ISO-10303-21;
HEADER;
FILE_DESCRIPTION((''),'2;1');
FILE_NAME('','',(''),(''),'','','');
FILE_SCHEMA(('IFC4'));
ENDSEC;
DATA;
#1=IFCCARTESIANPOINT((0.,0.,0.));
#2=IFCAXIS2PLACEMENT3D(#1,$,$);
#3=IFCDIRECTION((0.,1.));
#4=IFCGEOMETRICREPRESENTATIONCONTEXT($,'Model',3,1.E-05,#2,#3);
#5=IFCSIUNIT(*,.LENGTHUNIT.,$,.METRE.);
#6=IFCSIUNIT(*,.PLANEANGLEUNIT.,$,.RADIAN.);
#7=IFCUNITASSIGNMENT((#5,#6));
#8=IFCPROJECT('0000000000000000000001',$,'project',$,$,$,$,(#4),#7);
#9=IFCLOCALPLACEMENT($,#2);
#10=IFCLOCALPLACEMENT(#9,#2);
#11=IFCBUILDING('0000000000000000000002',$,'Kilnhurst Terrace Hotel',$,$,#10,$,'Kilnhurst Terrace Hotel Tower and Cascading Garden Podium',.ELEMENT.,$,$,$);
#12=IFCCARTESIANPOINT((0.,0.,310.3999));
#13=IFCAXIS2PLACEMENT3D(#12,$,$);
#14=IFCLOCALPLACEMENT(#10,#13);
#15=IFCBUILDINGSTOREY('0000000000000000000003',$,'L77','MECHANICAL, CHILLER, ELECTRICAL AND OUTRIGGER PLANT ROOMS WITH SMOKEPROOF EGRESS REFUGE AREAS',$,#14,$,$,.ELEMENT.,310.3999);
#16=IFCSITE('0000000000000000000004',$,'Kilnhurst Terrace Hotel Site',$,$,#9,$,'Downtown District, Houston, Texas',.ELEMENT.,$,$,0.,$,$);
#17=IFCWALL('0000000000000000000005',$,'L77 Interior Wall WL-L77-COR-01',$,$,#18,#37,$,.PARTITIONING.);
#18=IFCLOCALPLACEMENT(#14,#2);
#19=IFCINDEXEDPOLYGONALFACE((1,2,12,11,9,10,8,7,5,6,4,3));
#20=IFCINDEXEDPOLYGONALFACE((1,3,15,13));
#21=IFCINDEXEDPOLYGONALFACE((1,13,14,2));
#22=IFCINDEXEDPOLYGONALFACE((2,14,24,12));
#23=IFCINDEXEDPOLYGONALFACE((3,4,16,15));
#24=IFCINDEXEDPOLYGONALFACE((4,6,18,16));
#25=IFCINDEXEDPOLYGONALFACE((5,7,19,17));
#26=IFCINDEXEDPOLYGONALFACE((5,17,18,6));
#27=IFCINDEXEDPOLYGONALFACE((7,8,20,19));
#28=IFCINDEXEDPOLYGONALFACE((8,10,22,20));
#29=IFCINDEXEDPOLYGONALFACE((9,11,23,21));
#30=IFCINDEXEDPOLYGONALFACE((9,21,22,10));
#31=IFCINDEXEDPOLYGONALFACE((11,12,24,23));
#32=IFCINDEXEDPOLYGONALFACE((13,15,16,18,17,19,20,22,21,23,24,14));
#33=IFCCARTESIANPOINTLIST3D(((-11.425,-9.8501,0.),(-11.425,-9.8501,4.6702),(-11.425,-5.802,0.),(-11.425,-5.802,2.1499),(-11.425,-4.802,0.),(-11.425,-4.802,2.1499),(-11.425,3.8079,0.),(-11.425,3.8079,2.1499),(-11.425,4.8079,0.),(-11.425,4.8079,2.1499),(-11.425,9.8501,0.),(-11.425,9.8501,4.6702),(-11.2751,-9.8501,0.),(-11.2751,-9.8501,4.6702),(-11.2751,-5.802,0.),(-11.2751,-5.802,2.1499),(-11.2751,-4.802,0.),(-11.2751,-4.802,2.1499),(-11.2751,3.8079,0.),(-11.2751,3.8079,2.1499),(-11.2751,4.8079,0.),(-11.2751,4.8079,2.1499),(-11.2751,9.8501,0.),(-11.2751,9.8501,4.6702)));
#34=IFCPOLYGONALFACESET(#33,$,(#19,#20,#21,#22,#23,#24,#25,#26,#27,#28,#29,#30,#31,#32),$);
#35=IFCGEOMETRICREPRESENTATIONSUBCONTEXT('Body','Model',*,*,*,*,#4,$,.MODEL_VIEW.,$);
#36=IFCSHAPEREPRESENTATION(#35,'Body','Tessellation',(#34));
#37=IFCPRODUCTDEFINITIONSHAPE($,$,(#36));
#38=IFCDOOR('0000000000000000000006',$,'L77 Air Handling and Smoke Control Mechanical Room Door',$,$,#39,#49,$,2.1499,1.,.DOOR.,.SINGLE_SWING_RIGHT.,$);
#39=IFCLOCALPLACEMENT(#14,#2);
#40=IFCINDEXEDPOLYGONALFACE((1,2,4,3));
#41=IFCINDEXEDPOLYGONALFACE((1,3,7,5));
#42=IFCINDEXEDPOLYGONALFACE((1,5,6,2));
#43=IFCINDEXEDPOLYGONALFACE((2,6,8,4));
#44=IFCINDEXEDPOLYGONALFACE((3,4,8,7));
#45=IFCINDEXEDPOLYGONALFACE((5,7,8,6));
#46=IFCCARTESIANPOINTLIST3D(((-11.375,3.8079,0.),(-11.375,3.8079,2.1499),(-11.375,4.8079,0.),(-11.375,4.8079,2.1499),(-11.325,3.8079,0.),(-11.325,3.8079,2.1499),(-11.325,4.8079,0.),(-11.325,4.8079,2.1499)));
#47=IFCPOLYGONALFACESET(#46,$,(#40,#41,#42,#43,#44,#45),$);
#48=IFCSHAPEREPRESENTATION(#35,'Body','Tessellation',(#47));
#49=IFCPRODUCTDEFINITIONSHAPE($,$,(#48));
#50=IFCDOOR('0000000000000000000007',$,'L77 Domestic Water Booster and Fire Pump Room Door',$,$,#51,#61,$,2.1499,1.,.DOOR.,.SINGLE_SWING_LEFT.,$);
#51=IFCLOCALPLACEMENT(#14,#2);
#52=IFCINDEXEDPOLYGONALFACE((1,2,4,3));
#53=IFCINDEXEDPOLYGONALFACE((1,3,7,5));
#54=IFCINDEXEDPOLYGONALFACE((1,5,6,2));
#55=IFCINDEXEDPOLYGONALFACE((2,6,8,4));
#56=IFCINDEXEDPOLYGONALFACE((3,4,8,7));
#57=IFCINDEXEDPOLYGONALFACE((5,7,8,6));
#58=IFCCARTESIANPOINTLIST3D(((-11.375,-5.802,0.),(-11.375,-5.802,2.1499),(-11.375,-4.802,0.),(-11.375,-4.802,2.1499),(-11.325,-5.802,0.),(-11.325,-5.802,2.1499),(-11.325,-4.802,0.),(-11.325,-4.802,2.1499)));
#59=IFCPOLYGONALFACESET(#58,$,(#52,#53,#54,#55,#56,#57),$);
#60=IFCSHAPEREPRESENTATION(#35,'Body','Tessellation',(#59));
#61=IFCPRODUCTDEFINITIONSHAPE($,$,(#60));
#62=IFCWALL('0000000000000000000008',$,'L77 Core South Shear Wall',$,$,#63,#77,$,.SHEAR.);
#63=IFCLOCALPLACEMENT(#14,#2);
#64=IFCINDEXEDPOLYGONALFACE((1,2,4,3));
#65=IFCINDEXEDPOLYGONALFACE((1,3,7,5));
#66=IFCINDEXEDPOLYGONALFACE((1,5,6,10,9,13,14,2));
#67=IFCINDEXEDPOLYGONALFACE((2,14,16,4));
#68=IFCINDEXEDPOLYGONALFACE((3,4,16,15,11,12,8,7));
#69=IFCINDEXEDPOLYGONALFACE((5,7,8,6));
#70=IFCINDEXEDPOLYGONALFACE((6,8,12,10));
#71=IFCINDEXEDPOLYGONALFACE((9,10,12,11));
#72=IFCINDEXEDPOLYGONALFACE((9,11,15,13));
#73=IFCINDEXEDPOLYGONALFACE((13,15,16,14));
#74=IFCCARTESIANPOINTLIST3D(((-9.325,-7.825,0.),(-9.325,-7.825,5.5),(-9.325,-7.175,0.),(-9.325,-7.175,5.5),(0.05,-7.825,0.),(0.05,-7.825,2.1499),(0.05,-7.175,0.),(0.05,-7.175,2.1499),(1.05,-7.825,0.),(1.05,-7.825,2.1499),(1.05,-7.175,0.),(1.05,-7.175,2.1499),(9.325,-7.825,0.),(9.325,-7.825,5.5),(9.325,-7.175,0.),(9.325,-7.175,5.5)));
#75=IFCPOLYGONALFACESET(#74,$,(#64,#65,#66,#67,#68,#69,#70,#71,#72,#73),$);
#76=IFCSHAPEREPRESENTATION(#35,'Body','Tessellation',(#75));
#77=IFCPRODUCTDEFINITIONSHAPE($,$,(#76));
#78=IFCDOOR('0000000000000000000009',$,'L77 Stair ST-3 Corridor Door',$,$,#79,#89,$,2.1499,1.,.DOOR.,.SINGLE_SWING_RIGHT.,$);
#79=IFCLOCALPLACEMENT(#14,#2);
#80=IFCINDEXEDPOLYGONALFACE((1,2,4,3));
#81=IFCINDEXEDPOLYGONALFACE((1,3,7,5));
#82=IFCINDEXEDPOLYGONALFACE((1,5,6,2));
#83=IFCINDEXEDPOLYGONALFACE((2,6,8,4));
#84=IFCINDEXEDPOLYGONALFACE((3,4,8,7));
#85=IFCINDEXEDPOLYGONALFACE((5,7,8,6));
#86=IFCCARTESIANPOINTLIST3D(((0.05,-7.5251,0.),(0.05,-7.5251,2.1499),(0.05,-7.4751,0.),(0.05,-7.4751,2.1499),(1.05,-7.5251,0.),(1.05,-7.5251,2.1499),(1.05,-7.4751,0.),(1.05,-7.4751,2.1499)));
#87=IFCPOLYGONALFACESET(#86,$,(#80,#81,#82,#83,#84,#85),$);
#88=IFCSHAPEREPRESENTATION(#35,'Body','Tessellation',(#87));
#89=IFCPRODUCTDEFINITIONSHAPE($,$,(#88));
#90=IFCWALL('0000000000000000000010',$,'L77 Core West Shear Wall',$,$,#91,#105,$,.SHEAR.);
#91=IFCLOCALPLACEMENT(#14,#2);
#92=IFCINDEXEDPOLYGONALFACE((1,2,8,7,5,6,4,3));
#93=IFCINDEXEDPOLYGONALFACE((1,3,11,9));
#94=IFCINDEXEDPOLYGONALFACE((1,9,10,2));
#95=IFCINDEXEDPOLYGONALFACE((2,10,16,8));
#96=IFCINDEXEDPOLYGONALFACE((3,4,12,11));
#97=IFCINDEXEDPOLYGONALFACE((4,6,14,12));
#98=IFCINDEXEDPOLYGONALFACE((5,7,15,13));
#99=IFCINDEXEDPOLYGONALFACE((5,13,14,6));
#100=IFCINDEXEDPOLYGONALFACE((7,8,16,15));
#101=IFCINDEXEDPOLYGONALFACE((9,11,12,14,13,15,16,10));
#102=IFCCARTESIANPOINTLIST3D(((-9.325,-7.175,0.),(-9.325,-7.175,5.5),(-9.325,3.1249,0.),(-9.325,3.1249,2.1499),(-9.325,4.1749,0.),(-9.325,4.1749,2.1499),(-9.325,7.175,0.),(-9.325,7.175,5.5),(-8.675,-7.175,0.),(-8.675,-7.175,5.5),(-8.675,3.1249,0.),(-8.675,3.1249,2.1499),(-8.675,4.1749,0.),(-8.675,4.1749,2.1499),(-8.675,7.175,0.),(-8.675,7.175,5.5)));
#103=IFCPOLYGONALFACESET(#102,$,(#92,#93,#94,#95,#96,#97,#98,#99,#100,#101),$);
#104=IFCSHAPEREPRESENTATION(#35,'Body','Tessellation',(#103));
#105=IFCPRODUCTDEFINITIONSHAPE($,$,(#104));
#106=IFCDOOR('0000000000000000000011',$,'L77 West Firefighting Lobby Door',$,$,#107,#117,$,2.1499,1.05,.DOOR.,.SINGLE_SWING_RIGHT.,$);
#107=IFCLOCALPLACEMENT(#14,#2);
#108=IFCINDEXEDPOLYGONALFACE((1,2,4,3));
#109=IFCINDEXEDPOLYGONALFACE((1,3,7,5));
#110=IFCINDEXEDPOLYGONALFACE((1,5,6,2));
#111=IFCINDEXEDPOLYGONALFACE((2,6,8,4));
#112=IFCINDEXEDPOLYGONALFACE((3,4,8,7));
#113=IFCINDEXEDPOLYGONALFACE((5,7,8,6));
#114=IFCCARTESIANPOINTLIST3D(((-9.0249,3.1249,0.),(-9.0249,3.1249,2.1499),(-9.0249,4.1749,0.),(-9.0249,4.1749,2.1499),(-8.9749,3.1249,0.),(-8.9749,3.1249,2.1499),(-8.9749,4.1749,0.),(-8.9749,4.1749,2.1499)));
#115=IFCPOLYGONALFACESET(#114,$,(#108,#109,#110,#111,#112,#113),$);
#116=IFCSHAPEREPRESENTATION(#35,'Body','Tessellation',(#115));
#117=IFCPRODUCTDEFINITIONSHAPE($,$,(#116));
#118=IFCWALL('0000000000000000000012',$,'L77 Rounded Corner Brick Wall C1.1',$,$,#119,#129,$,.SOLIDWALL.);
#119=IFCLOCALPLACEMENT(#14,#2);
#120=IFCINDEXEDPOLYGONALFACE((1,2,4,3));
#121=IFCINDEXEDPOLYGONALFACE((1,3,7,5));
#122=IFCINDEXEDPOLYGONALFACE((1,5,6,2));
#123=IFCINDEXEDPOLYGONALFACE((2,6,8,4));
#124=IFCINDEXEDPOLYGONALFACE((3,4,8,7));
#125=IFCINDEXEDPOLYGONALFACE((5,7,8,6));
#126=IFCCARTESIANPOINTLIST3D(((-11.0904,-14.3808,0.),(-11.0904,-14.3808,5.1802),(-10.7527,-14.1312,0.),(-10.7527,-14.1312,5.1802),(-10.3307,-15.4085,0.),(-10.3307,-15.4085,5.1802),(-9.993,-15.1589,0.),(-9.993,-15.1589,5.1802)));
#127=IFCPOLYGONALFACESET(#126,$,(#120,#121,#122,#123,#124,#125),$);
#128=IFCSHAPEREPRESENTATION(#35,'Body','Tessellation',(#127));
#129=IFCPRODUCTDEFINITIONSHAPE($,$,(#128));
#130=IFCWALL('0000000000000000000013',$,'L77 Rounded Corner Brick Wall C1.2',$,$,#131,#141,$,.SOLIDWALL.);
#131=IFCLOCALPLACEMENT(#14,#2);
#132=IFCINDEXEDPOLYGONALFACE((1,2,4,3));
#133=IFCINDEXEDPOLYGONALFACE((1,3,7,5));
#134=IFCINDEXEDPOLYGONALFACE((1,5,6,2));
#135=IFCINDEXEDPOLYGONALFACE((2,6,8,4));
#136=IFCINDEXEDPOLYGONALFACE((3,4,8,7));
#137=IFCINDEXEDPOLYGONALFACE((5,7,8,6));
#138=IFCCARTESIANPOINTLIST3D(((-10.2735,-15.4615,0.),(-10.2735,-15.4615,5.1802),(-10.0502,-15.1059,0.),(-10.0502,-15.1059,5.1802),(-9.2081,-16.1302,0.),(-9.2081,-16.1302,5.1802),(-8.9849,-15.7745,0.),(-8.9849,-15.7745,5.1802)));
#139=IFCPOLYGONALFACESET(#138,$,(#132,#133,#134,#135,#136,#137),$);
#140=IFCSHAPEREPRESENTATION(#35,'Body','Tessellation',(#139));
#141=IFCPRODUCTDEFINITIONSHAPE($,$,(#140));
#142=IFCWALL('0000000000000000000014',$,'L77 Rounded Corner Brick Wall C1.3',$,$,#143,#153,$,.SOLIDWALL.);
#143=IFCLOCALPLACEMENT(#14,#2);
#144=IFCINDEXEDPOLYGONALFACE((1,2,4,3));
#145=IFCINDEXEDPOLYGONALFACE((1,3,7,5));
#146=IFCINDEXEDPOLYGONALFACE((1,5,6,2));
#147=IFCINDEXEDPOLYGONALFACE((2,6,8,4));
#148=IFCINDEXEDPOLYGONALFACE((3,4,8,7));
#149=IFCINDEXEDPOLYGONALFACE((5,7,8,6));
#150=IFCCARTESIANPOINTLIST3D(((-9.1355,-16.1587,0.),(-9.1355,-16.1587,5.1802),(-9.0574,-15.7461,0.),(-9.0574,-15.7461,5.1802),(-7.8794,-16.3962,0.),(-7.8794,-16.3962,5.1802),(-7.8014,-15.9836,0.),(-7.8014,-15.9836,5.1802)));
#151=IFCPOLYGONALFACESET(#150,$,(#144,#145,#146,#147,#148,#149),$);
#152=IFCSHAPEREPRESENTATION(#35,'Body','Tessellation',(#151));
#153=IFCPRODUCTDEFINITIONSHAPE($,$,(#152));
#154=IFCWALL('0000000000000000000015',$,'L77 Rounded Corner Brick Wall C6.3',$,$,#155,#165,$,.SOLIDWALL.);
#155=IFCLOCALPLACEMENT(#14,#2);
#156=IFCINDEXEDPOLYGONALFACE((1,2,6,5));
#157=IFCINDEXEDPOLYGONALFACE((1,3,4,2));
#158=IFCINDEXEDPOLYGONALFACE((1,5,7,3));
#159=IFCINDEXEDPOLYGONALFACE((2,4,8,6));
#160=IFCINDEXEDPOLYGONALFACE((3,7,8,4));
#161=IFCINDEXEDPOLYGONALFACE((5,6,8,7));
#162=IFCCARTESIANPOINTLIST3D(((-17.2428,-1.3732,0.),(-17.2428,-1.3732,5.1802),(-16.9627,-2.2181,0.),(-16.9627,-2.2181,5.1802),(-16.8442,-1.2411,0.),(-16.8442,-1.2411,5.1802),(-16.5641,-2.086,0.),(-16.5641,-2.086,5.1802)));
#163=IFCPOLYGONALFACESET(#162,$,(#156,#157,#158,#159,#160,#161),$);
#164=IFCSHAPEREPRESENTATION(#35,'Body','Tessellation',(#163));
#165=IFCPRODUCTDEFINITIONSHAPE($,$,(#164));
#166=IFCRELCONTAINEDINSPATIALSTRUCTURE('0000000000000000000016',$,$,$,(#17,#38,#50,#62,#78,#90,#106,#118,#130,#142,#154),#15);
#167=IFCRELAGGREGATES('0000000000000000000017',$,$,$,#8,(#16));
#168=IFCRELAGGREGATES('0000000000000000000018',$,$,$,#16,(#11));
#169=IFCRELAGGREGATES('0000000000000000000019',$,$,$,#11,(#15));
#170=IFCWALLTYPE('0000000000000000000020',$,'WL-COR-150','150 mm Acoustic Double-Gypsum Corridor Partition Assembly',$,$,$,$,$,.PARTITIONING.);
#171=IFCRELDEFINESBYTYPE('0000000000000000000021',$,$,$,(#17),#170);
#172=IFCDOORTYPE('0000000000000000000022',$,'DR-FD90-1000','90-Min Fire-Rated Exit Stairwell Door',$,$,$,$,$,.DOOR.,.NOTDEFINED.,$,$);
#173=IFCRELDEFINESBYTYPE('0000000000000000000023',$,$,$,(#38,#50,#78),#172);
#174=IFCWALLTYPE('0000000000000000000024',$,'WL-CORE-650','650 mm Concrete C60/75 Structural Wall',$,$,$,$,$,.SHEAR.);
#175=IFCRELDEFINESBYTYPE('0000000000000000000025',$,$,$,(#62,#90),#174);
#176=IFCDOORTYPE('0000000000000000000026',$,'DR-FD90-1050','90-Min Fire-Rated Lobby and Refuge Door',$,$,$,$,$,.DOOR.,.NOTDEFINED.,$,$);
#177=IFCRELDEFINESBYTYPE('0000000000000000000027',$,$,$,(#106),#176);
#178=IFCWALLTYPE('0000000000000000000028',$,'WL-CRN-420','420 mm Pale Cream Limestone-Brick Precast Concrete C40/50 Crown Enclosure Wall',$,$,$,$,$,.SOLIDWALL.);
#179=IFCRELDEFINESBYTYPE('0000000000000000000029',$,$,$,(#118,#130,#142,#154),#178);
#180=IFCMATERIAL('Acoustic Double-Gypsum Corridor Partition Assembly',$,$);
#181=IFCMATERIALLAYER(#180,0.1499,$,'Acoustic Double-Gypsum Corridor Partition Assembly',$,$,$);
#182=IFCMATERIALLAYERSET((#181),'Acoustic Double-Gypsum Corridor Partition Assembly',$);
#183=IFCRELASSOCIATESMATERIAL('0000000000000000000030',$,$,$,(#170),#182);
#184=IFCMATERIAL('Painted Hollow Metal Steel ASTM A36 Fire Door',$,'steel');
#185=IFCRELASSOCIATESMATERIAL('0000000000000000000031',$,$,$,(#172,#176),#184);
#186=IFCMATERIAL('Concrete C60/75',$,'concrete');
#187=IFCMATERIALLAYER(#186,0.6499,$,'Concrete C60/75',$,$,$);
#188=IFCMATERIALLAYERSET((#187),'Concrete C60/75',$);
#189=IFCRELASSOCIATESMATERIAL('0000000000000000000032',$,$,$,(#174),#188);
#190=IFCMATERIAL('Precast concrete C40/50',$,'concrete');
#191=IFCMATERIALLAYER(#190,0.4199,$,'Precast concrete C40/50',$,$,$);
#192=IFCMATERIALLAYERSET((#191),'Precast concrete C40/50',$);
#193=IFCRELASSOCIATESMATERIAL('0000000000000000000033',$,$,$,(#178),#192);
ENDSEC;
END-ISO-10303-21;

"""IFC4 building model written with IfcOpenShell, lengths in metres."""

from ifc_helpers import new_model, si_unit, direction, frame, frame_2d, origin, place, context, subcontext, project, spatial, rectangle, extrude, material, layer, layer_set, type_object, element, fill, save


model = new_model("IFC4")

# Units and contexts
model_context = context("Model", 3, precision=1e-05, world=origin(), true_north=direction((0.0, 1.0)))
body_context = subcontext(model_context, "Body", "Model", "MODEL_VIEW")
ifc_project = project(units=[si_unit("LENGTHUNIT", "METRE"), si_unit("PLANEANGLEUNIT", "RADIAN")], contexts=[model_context])

# Site, building, storey
site_placement = place(None, origin())
site = spatial("IfcSite", under=ifc_project, at=site_placement, Name="Kilnhurst Terrace Hotel Site", LongName="Downtown District, Houston, Texas", CompositionType="ELEMENT", RefElevation=0.0)
building_placement = place(site_placement, origin())
building = spatial("IfcBuilding", under=site, at=building_placement, Name="Kilnhurst Terrace Hotel", LongName="Kilnhurst Terrace Hotel Tower and Cascading Garden Podium", CompositionType="ELEMENT")
storey_placement = place(building_placement, frame((0.0, 0.0, 310.3999)))
storey = spatial("IfcBuildingStorey", under=building, at=storey_placement, Name="L77", Description="MECHANICAL, CHILLER, ELECTRICAL AND OUTRIGGER PLANT ROOMS WITH SMOKEPROOF EGRESS REFUGE AREAS", CompositionType="ELEMENT", Elevation=310.3999)

# Shared definitions
ifc_material_1 = material(Name="Concrete C60/75", Category="concrete")

# Wall, openings, doors
ifc_material_2 = material(Name="Acoustic Double-Gypsum Corridor Partition Assembly")
ifc_layer_1 = layer(ifc_material_2, 0.1499, Name="Acoustic Double-Gypsum Corridor Partition Assembly")
ifc_layer_set_1 = layer_set([ifc_layer_1], Name="Acoustic Double-Gypsum Corridor Partition Assembly")
wall_type_1 = type_object("IfcWallType", Name="WL-COR-150", Description="150 mm Acoustic Double-Gypsum Corridor Partition Assembly", PredefinedType="PARTITIONING", material=ifc_layer_set_1)
wall_1_placement = place(storey_placement, frame((-11.3501, -9.8501, 0.0), z_axis=(0.0, 0.0, 1.0), x_axis=(0.0, 1.0, 0.0)))
wall_1 = element("IfcWall", 1, at=wall_1_placement, inside=storey, type_object=wall_type_1, Name="L77 Interior Wall WL-L77-COR-01", PredefinedType="PARTITIONING", context=body_context, shape_type="SweptSolid", body=[
    extrude(rectangle(XDim=19.7002, YDim=0.1499, at=frame_2d((9.8501, 0.0))), origin(), (0.0, 0.0, 1.0), 4.6702),
])
opening_1_placement = place(wall_1_placement, frame((13.658, 0.0, 0.0)))
opening_1 = element("IfcOpeningElement", 2, at=opening_1_placement, cuts=wall_1, PredefinedType="OPENING", context=body_context, shape_type="SweptSolid", body=[
    extrude(rectangle(XDim=1.0, YDim=2.1499, at=frame_2d((0.5, 1.075))), frame((0.0, 0.085, 0.0), z_axis=(0.0, -1.0, 0.0), x_axis=(1.0, 0.0, 0.0)), (0.0, 0.0, 1.0), 0.1699),
])
opening_2_placement = place(wall_1_placement, frame((4.0481, 0.0, 0.0)))
opening_2 = element("IfcOpeningElement", 3, at=opening_2_placement, cuts=wall_1, PredefinedType="OPENING", context=body_context, shape_type="SweptSolid", body=[
    extrude(rectangle(XDim=1.0, YDim=2.1499, at=frame_2d((0.5, 1.075))), frame((0.0, 0.085, 0.0), z_axis=(0.0, -1.0, 0.0), x_axis=(1.0, 0.0, 0.0)), (0.0, 0.0, 1.0), 0.1699),
])
ifc_material_3 = material(Name="Painted Hollow Metal Steel ASTM A36 Fire Door", Category="steel")
door_type_1 = type_object("IfcDoorType", Name="DR-FD90-1000", Description="90-Min Fire-Rated Exit Stairwell Door", OperationType="NOTDEFINED", PredefinedType="DOOR", material=ifc_material_3)
door_1_placement = place(opening_1_placement, origin())
door_1 = element("IfcDoor", 4, at=door_1_placement, inside=storey, type_object=door_type_1, Name="L77 Air Handling and Smoke Control Mechanical Room Door", OperationType="SINGLE_SWING_RIGHT", OverallHeight=2.1499, OverallWidth=1.0, PredefinedType="DOOR", context=body_context, shape_type="SweptSolid", body=[
    extrude(rectangle(XDim=1.0, YDim=2.1499, at=frame_2d((0.5, 1.075))), frame((0.0, 0.0249, 0.0), z_axis=(0.0, -1.0, 0.0), x_axis=(1.0, 0.0, 0.0)), (0.0, 0.0, 1.0), 0.05),
])
fill(opening_1, door_1)
door_2_placement = place(opening_2_placement, origin())
door_2 = element("IfcDoor", 5, at=door_2_placement, inside=storey, type_object=door_type_1, Name="L77 Domestic Water Booster and Fire Pump Room Door", OperationType="SINGLE_SWING_LEFT", OverallHeight=2.1499, OverallWidth=1.0, PredefinedType="DOOR", context=body_context, shape_type="SweptSolid", body=[
    extrude(rectangle(XDim=1.0, YDim=2.1499, at=frame_2d((0.5, 1.075))), frame((0.0, 0.0249, 0.0), z_axis=(0.0, -1.0, 0.0), x_axis=(1.0, 0.0, 0.0)), (0.0, 0.0, 1.0), 0.05),
])
fill(opening_2, door_2)

# Walls, openings, doors
ifc_layer_2 = layer(ifc_material_1, 0.6499, Name="Concrete C60/75")
ifc_layer_set_2 = layer_set([ifc_layer_2], Name="Concrete C60/75")
wall_type_2 = type_object("IfcWallType", Name="WL-CORE-650", Description="650 mm Concrete C60/75 Structural Wall", PredefinedType="SHEAR", material=ifc_layer_set_2)
wall_2_placement = place(storey_placement, frame((-9.325, -7.5, 0.0), z_axis=(0.0, 0.0, 1.0), x_axis=(1.0, 0.0, 0.0)))
wall_2 = element("IfcWall", 6, at=wall_2_placement, inside=storey, type_object=wall_type_2, Name="L77 Core South Shear Wall", PredefinedType="SHEAR", context=body_context, shape_type="SweptSolid", body=[
    extrude(rectangle(XDim=18.6499, YDim=0.6499, at=frame_2d((9.325, 0.0))), origin(), (0.0, 0.0, 1.0), 5.5),
])
opening_3_placement = place(wall_2_placement, frame((9.375, 0.0, 0.0)))
opening_3 = element("IfcOpeningElement", 7, at=opening_3_placement, cuts=wall_2, PredefinedType="OPENING", context=body_context, shape_type="SweptSolid", body=[
    extrude(rectangle(XDim=1.0, YDim=2.1499, at=frame_2d((0.5, 1.075))), frame((0.0, 0.335, 0.0), z_axis=(0.0, -1.0, 0.0), x_axis=(1.0, 0.0, 0.0)), (0.0, 0.0, 1.0), 0.6699),
])
door_3_placement = place(opening_3_placement, origin())
door_3 = element("IfcDoor", 8, at=door_3_placement, inside=storey, type_object=door_type_1, Name="L77 Stair ST-3 Corridor Door", OperationType="SINGLE_SWING_RIGHT", OverallHeight=2.1499, OverallWidth=1.0, PredefinedType="DOOR", context=body_context, shape_type="SweptSolid", body=[
    extrude(rectangle(XDim=1.0, YDim=2.1499, at=frame_2d((0.5, 1.075))), frame((0.0, 0.0249, 0.0), z_axis=(0.0, -1.0, 0.0), x_axis=(1.0, 0.0, 0.0)), (0.0, 0.0, 1.0), 0.05),
])
fill(opening_3, door_3)
wall_3_placement = place(storey_placement, frame((-9.0, -7.175, 0.0), z_axis=(0.0, 0.0, 1.0), x_axis=(0.0, 1.0, 0.0)))
wall_3 = element("IfcWall", 9, at=wall_3_placement, inside=storey, type_object=wall_type_2, Name="L77 Core West Shear Wall", PredefinedType="SHEAR", context=body_context, shape_type="SweptSolid", body=[
    extrude(rectangle(XDim=14.3501, YDim=0.6499, at=frame_2d((7.175, 0.0))), origin(), (0.0, 0.0, 1.0), 5.5),
])
opening_4_placement = place(wall_3_placement, frame((10.3, 0.0, 0.0)))
opening_4 = element("IfcOpeningElement", 10, at=opening_4_placement, cuts=wall_3, PredefinedType="OPENING", context=body_context, shape_type="SweptSolid", body=[
    extrude(rectangle(XDim=1.05, YDim=2.1499, at=frame_2d((0.5249, 1.075))), frame((0.0, 0.335, 0.0), z_axis=(0.0, -1.0, 0.0), x_axis=(1.0, 0.0, 0.0)), (0.0, 0.0, 1.0), 0.6699),
])
door_type_2 = type_object("IfcDoorType", Name="DR-FD90-1050", Description="90-Min Fire-Rated Lobby and Refuge Door", OperationType="NOTDEFINED", PredefinedType="DOOR", material=ifc_material_3)
door_4_placement = place(opening_4_placement, origin())
door_4 = element("IfcDoor", 11, at=door_4_placement, inside=storey, type_object=door_type_2, Name="L77 West Firefighting Lobby Door", OperationType="SINGLE_SWING_RIGHT", OverallHeight=2.1499, OverallWidth=1.05, PredefinedType="DOOR", context=body_context, shape_type="SweptSolid", body=[
    extrude(rectangle(XDim=1.05, YDim=2.1499, at=frame_2d((0.5249, 1.075))), frame((0.0, 0.0249, 0.0), z_axis=(0.0, -1.0, 0.0), x_axis=(1.0, 0.0, 0.0)), (0.0, 0.0, 1.0), 0.05),
])
fill(opening_4, door_4)

# Walls
ifc_material_4 = material(Name="Precast concrete C40/50", Category="concrete")
ifc_layer_3 = layer(ifc_material_4, 0.4199, Name="Precast concrete C40/50")
ifc_layer_set_3 = layer_set([ifc_layer_3], Name="Precast concrete C40/50")
wall_type_3 = type_object("IfcWallType", Name="WL-CRN-420", Description="420 mm Pale Cream Limestone-Brick Precast Concrete C40/50 Crown Enclosure Wall", PredefinedType="SOLIDWALL", material=ifc_layer_set_3)
wall_4_placement = place(storey_placement, frame((-10.9216, -14.2559, 0.0), z_axis=(0.0, 0.0, 1.0), x_axis=(0.594423, -0.804152, 0.0)))
element("IfcWall", 12, at=wall_4_placement, inside=storey, type_object=wall_type_3, Name="L77 Rounded Corner Brick Wall C1.1", PredefinedType="SOLIDWALL", context=body_context, shape_type="SweptSolid", body=[
    extrude(rectangle(XDim=1.2781, YDim=0.4199, at=frame_2d((0.6392, 0.0))), origin(), (0.0, 0.0, 1.0), 5.1802),
])
wall_5_placement = place(storey_placement, frame((-10.1619, -15.2837, 0.0), z_axis=(0.0, 0.0, 1.0), x_axis=(0.846994, -0.531603, 0.0)))
element("IfcWall", 13, at=wall_5_placement, inside=storey, type_object=wall_type_3, Name="L77 Rounded Corner Brick Wall C1.2", PredefinedType="SOLIDWALL", context=body_context, shape_type="SweptSolid", body=[
    extrude(rectangle(XDim=1.2578, YDim=0.4199, at=frame_2d((0.6289, 0.0))), origin(), (0.0, 0.0, 1.0), 5.1802),
])
wall_6_placement = place(storey_placement, frame((-9.0964, -15.9524, 0.0), z_axis=(0.0, 0.0, 1.0), x_axis=(0.982583, -0.185822, 0.0)))
element("IfcWall", 14, at=wall_6_placement, inside=storey, type_object=wall_type_3, Name="L77 Rounded Corner Brick Wall C1.3", PredefinedType="SOLIDWALL", context=body_context, shape_type="SweptSolid", body=[
    extrude(rectangle(XDim=1.2783, YDim=0.4199, at=frame_2d((0.6392, 0.0))), origin(), (0.0, 0.0, 1.0), 5.1802),
])
wall_7_placement = place(storey_placement, frame((-17.0435, -1.3071, 0.0), z_axis=(0.0, 0.0, 1.0), x_axis=(0.314582, -0.94923, 0.0)))
element("IfcWall", 15, at=wall_7_placement, inside=storey, type_object=wall_type_3, Name="L77 Rounded Corner Brick Wall C6.3", PredefinedType="SOLIDWALL", context=body_context, shape_type="SweptSolid", body=[
    extrude(rectangle(XDim=0.8901, YDim=0.4199, at=frame_2d((0.4451, 0.0))), origin(), (0.0, 0.0, 1.0), 5.1802),
])

save(model, "model.ifc")
